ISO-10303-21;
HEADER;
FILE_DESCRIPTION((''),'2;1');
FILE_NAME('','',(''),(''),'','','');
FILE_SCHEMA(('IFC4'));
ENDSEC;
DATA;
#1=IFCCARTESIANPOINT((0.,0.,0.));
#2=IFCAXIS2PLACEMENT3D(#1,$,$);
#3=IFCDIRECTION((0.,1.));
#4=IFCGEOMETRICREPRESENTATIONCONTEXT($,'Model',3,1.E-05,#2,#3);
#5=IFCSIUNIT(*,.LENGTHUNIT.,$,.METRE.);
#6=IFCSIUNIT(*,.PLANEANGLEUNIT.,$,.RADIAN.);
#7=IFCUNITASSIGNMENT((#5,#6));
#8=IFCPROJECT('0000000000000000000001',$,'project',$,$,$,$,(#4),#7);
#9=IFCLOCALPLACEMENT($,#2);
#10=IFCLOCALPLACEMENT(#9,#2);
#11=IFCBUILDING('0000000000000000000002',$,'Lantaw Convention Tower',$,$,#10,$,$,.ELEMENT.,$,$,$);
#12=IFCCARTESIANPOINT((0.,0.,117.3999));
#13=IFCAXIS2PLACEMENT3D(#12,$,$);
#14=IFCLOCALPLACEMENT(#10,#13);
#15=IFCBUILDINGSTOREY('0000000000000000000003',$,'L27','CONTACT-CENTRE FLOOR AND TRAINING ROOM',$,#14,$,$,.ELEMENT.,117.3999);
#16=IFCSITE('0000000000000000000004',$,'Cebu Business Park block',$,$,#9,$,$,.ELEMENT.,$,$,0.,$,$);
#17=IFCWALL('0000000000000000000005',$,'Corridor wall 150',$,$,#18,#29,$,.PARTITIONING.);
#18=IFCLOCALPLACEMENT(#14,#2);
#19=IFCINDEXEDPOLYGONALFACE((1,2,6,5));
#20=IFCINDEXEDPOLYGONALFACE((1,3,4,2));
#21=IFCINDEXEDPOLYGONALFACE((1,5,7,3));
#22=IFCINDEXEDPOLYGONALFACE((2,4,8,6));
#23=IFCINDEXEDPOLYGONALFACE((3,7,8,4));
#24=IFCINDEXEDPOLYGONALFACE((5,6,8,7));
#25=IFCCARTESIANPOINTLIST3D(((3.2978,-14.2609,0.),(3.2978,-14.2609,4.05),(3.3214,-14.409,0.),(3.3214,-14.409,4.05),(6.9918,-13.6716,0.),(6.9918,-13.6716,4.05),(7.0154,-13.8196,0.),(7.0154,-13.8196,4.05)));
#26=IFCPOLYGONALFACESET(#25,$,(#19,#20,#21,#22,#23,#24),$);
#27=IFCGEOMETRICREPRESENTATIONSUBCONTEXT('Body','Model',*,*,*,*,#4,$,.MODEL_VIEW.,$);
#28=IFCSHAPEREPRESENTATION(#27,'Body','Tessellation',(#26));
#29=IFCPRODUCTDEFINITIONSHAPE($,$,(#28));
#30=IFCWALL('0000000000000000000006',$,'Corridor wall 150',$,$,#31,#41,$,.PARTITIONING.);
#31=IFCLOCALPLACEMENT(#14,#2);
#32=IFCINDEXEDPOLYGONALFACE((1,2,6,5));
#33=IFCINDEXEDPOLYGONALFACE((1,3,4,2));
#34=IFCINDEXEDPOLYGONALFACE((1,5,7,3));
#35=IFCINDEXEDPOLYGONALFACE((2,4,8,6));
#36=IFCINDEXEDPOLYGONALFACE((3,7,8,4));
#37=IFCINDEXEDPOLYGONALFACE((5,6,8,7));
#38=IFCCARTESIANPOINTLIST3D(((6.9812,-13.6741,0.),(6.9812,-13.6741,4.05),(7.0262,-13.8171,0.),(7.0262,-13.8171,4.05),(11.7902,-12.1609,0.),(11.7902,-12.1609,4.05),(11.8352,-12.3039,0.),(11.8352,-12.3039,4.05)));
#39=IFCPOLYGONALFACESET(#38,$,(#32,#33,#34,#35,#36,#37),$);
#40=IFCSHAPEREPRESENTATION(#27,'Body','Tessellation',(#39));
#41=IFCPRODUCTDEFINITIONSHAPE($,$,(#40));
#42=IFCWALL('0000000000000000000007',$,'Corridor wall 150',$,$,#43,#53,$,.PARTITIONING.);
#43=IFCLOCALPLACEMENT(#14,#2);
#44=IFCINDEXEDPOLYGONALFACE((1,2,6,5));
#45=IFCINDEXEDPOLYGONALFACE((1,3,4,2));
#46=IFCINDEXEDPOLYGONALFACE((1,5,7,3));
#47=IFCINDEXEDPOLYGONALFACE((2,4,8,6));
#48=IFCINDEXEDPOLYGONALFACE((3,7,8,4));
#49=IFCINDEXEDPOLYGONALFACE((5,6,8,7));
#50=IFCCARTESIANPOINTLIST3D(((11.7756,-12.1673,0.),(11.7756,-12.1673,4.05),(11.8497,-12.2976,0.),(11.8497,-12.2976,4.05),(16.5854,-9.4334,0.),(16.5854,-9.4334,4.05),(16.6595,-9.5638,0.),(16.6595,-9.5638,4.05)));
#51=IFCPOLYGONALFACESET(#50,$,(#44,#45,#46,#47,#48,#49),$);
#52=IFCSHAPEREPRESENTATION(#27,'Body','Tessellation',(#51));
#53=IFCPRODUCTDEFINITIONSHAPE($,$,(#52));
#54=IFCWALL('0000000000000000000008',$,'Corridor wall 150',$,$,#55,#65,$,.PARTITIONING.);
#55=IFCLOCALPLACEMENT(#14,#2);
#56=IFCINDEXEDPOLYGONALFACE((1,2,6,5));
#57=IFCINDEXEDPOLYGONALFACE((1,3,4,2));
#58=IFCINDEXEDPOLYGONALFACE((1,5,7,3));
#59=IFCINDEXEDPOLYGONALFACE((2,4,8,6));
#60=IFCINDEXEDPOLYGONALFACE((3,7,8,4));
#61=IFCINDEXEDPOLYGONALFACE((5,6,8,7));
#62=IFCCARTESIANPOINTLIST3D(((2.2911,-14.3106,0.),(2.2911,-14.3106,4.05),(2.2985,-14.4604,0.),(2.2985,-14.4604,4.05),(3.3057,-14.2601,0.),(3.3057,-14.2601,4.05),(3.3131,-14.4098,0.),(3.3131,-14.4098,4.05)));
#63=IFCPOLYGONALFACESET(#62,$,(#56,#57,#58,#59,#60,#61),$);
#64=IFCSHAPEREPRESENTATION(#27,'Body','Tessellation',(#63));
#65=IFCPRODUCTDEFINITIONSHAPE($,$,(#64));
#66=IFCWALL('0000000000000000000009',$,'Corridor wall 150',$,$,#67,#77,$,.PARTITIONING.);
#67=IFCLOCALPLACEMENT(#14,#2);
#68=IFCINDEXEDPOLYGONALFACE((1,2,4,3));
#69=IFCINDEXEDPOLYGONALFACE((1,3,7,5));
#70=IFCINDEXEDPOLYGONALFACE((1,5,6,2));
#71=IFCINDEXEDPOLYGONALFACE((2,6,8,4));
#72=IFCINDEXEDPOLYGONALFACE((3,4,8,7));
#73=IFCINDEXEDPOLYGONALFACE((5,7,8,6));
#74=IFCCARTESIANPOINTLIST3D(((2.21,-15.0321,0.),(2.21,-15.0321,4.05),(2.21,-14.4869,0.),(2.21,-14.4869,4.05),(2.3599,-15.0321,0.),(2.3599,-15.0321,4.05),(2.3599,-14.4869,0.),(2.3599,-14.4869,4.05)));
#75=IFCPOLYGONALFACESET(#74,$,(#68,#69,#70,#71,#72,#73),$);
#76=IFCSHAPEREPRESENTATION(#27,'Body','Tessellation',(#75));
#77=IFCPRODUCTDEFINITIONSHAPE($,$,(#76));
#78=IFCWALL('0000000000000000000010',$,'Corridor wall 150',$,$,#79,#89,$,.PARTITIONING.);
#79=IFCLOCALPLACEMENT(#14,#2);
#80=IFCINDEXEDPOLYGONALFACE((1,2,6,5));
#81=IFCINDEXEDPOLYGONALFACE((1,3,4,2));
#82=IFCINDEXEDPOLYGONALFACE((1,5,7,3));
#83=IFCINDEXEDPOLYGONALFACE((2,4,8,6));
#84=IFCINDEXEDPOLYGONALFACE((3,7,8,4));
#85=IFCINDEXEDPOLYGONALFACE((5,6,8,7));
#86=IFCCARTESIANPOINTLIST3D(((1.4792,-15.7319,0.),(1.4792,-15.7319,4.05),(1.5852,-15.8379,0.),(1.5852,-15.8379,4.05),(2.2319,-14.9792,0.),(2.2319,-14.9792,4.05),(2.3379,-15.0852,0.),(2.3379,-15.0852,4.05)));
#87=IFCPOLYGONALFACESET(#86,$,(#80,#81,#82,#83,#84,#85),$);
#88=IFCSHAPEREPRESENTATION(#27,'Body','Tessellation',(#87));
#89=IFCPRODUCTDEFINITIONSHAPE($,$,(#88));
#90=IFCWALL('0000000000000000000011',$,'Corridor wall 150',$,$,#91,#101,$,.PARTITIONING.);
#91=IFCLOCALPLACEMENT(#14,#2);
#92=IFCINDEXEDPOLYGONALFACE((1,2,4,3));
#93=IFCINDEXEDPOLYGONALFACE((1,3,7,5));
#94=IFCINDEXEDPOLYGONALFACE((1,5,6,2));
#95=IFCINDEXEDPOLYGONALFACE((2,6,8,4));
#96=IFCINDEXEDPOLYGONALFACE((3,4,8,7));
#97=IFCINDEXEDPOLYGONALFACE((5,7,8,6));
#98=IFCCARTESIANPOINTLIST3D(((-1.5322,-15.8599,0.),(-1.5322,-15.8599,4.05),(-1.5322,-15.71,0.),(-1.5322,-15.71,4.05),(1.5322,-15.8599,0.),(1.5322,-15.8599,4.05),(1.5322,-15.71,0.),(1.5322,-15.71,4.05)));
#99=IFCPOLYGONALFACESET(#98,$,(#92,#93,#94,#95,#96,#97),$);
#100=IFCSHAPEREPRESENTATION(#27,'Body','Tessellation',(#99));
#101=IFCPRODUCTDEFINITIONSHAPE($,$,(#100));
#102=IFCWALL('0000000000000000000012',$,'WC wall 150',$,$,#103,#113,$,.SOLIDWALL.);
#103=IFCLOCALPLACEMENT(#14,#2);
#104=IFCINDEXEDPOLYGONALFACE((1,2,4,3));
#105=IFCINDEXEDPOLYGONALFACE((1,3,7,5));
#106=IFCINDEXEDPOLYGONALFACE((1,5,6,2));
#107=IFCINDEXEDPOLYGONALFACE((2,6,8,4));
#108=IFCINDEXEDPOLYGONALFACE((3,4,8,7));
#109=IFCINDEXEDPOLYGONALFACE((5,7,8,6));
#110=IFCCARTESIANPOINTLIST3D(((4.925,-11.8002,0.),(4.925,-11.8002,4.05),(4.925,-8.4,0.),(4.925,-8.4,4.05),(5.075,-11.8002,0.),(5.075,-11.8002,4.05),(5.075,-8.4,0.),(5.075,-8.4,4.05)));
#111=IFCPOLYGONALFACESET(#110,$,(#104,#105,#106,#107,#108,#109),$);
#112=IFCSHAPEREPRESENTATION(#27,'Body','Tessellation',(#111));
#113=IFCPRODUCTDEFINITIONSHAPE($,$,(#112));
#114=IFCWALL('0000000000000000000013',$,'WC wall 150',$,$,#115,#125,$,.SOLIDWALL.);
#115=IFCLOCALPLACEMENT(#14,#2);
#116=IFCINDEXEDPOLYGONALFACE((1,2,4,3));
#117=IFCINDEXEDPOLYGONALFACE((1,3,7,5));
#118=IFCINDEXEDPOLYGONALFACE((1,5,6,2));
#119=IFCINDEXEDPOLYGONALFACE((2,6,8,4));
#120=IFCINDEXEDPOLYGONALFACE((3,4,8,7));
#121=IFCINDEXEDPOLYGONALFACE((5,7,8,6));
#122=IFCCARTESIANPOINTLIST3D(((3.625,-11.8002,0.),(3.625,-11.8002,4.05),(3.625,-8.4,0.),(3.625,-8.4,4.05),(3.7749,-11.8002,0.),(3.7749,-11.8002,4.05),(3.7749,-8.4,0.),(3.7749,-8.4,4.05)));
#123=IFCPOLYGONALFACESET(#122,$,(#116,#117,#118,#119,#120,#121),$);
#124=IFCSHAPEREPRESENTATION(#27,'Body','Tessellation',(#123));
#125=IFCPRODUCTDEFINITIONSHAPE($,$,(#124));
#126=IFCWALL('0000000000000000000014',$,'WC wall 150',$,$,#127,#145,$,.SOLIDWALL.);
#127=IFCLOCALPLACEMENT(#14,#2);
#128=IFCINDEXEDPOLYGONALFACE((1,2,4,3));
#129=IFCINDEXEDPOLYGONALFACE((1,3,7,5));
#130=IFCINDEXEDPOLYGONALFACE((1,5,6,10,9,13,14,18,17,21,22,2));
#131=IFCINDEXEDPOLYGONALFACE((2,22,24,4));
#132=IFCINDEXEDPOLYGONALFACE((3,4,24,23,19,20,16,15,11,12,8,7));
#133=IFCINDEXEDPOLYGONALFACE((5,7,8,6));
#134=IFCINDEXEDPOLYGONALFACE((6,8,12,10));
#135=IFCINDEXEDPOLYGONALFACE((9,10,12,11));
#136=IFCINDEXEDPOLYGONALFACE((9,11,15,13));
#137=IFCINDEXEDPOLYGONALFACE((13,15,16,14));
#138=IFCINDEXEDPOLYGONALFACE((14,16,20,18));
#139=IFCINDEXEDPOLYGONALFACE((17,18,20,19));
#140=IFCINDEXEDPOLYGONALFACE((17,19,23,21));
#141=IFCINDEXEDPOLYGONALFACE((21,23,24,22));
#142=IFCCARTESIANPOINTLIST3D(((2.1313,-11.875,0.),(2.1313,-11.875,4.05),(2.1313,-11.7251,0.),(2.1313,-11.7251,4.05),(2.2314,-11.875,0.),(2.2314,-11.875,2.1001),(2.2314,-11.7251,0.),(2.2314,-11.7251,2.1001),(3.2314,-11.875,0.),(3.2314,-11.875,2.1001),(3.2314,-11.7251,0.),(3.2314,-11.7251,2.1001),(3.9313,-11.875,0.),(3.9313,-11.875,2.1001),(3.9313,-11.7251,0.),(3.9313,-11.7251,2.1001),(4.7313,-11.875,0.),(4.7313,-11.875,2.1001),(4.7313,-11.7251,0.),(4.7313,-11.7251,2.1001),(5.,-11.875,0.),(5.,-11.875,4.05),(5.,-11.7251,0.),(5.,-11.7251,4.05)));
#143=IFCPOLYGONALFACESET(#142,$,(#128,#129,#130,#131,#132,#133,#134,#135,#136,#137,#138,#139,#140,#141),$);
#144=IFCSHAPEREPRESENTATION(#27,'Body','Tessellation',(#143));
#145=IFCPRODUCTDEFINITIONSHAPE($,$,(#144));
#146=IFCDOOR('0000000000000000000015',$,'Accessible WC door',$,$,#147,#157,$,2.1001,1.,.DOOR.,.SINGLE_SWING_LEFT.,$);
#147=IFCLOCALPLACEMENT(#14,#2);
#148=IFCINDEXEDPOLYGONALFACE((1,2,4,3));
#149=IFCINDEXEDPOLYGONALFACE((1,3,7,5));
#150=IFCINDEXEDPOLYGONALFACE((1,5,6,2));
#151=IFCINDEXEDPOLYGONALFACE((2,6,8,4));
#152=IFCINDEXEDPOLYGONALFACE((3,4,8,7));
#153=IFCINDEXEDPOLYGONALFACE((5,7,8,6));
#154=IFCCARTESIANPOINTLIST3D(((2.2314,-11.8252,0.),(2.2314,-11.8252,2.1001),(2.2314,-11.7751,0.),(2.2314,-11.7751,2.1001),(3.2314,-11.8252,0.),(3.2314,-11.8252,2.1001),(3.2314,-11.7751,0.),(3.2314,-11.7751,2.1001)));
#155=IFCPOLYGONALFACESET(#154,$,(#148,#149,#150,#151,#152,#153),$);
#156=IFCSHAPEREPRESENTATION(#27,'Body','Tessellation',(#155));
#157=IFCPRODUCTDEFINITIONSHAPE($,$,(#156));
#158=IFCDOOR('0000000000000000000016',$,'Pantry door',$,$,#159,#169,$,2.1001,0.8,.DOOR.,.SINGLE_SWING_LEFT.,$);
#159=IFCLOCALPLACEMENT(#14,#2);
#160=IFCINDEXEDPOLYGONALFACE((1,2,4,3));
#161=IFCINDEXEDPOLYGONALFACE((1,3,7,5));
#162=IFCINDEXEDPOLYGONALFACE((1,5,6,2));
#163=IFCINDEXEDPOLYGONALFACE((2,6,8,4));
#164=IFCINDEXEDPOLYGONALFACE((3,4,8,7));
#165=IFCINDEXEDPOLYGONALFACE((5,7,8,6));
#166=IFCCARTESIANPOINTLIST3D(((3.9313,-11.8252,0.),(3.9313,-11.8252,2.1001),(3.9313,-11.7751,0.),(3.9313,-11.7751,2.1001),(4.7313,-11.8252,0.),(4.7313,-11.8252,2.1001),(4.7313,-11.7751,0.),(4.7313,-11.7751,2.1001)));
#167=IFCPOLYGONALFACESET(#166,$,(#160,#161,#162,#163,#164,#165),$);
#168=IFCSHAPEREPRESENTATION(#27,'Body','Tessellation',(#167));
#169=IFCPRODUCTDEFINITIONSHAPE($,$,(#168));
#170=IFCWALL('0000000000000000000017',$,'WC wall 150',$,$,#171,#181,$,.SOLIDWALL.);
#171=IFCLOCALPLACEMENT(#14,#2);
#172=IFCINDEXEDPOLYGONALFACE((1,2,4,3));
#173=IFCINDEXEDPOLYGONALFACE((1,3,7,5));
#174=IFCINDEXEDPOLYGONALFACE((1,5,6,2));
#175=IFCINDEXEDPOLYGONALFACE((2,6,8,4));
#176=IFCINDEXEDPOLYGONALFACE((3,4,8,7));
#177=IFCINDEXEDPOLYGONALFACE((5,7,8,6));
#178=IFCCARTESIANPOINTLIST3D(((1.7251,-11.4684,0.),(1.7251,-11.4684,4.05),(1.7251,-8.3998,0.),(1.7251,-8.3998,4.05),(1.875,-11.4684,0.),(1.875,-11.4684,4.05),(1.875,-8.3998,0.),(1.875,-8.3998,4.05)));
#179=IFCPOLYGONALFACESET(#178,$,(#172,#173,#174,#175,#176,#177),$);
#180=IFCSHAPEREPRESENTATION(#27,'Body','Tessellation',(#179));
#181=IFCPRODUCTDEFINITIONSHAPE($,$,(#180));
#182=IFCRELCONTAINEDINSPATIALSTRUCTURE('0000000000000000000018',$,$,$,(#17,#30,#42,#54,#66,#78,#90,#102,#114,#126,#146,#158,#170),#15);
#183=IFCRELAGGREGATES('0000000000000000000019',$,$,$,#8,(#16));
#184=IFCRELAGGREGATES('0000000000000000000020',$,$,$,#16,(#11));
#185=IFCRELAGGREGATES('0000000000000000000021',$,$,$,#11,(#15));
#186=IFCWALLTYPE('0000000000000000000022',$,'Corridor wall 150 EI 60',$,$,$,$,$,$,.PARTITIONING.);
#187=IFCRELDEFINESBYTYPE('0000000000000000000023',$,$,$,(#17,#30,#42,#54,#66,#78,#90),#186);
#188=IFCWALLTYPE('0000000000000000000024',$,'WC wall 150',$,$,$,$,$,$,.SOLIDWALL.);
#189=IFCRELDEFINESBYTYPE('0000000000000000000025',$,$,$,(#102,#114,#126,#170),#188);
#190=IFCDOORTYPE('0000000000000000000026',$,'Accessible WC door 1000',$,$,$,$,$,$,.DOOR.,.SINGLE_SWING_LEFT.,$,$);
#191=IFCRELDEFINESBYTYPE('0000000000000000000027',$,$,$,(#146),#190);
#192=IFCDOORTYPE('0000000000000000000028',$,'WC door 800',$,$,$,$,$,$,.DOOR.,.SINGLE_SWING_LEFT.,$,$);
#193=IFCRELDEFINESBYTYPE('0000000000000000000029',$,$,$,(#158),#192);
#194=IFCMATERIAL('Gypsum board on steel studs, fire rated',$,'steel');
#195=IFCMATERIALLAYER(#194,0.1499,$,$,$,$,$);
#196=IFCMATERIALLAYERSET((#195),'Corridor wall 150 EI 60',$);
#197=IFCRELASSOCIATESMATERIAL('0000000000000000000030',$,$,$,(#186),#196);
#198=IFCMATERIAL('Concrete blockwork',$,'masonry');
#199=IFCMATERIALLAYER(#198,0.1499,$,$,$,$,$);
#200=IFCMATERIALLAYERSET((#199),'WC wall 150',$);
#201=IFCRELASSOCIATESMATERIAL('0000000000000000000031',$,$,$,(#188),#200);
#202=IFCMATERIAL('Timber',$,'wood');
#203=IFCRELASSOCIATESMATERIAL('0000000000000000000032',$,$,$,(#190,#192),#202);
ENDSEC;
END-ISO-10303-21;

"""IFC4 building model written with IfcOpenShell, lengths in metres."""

from ifc_helpers import new_model, si_unit, direction, frame, frame_2d, origin, place, context, subcontext, project, spatial, rectangle, extrude, material, layer, layer_set, type_object, element, fill, save


model = new_model("IFC4")

# Units and contexts
model_context = context("Model", 3, precision=1e-05, world=origin(), true_north=direction((0.0, 1.0)))
body_context = subcontext(model_context, "Body", "Model", "MODEL_VIEW")
ifc_project = project(units=[si_unit("LENGTHUNIT", "METRE"), si_unit("PLANEANGLEUNIT", "RADIAN")], contexts=[model_context])

# Site, building, storey
site_placement = place(None, origin())
site = spatial("IfcSite", under=ifc_project, at=site_placement, Name="Cebu Business Park block", CompositionType="ELEMENT", RefElevation=0.0)
building_placement = place(site_placement, origin())
building = spatial("IfcBuilding", under=site, at=building_placement, Name="Lantaw Convention Tower", CompositionType="ELEMENT")
storey_placement = place(building_placement, frame((0.0, 0.0, 117.3999)))
storey = spatial("IfcBuildingStorey", under=building, at=storey_placement, Name="L27", Description="CONTACT-CENTRE FLOOR AND TRAINING ROOM", CompositionType="ELEMENT", Elevation=117.3999)

# Walls
ifc_material_1 = material(Name="Gypsum board on steel studs, fire rated", Category="steel")
ifc_layer_1 = layer(ifc_material_1, 0.1499)
ifc_layer_set_1 = layer_set([ifc_layer_1], Name="Corridor wall 150 EI 60")
wall_type_1 = type_object("IfcWallType", Name="Corridor wall 150 EI 60", PredefinedType="PARTITIONING", material=ifc_layer_set_1)
wall_1_placement = place(storey_placement, frame((3.3096, -14.335, 0.0), z_axis=(0.0, 0.0, 1.0), x_axis=(0.987511, 0.157548, 0.0)))
element("IfcWall", 1, at=wall_1_placement, inside=storey, type_object=wall_type_1, Name="Corridor wall 150", PredefinedType="PARTITIONING", context=body_context, shape_type="SweptSolid", body=[
    extrude(rectangle(XDim=3.7407, YDim=0.1499, at=frame_2d((1.8704, 0.0))), origin(), (0.0, 0.0, 1.0), 4.05),
])
wall_2_placement = place(storey_placement, frame((7.0037, -13.7456, 0.0), z_axis=(0.0, 0.0, 1.0), x_axis=(0.953894, 0.300144, 0.0)))
element("IfcWall", 2, at=wall_2_placement, inside=storey, type_object=wall_type_1, Name="Corridor wall 150", PredefinedType="PARTITIONING", context=body_context, shape_type="SweptSolid", body=[
    extrude(rectangle(XDim=5.0415, YDim=0.1499, at=frame_2d((2.5208, 0.0))), origin(), (0.0, 0.0, 1.0), 4.05),
])
wall_3_placement = place(storey_placement, frame((11.8127, -12.2324, 0.0), z_axis=(0.0, 0.0, 1.0), x_axis=(0.869376, 0.494151, 0.0)))
element("IfcWall", 3, at=wall_3_placement, inside=storey, type_object=wall_type_1, Name="Corridor wall 150", PredefinedType="PARTITIONING", context=body_context, shape_type="SweptSolid", body=[
    extrude(rectangle(XDim=5.5325, YDim=0.1499, at=frame_2d((2.7661, 0.0))), origin(), (0.0, 0.0, 1.0), 4.05),
])
wall_4_placement = place(storey_placement, frame((2.2949, -14.3855, 0.0), z_axis=(0.0, 0.0, 1.0), x_axis=(0.998762, 0.049746, 0.0)))
element("IfcWall", 4, at=wall_4_placement, inside=storey, type_object=wall_type_1, Name="Corridor wall 150", PredefinedType="PARTITIONING", context=body_context, shape_type="SweptSolid", body=[
    extrude(rectangle(XDim=1.0159, YDim=0.1499, at=frame_2d((0.5078, 0.0))), origin(), (0.0, 0.0, 1.0), 4.05),
])
wall_5_placement = place(storey_placement, frame((2.2849, -14.4871, 0.0), z_axis=(0.0, 0.0, 1.0), x_axis=(0.0, -1.0, 0.0)))
element("IfcWall", 5, at=wall_5_placement, inside=storey, type_object=wall_type_1, Name="Corridor wall 150", PredefinedType="PARTITIONING", context=body_context, shape_type="SweptSolid", body=[
    extrude(rectangle(XDim=0.5452, YDim=0.1499, at=frame_2d((0.2725, 0.0))), origin(), (0.0, 0.0, 1.0), 4.05),
])
wall_6_placement = place(storey_placement, frame((2.2849, -15.0322, 0.0), z_axis=(0.0, 0.0, 1.0), x_axis=(-0.707107, -0.707107, 0.0)))
element("IfcWall", 6, at=wall_6_placement, inside=storey, type_object=wall_type_1, Name="Corridor wall 150", PredefinedType="PARTITIONING", context=body_context, shape_type="SweptSolid", body=[
    extrude(rectangle(XDim=1.0645, YDim=0.1499, at=frame_2d((0.5322, 0.0))), origin(), (0.0, 0.0, 1.0), 4.05),
])
wall_7_placement = place(storey_placement, frame((1.5322, -15.7849, 0.0), z_axis=(0.0, 0.0, 1.0), x_axis=(-1.0, 0.0, 0.0)))
element("IfcWall", 7, at=wall_7_placement, inside=storey, type_object=wall_type_1, Name="Corridor wall 150", PredefinedType="PARTITIONING", context=body_context, shape_type="SweptSolid", body=[
    extrude(rectangle(XDim=3.0645, YDim=0.1499, at=frame_2d((1.5322, 0.0))), origin(), (0.0, 0.0, 1.0), 4.05),
])
ifc_material_2 = material(Name="Concrete blockwork", Category="masonry")
ifc_layer_2 = layer(ifc_material_2, 0.1499)
ifc_layer_set_2 = layer_set([ifc_layer_2], Name="WC wall 150")
wall_type_2 = type_object("IfcWallType", Name="WC wall 150", PredefinedType="SOLIDWALL", material=ifc_layer_set_2)
for number, where, z_axis, x_axis, name in (
    (8, (5.0, -8.3999, 0.0), (0.0, 0.0, 1.0), (0.0, -1.0, 0.0), "WC wall 150"),
    (9, (3.7, -8.3999, 0.0), (0.0, 0.0, 1.0), (0.0, -1.0, 0.0), "WC wall 150"),
):
    element("IfcWall", number, at=place(storey_placement, frame(where, z_axis=z_axis, x_axis=x_axis)), inside=storey, type_object=wall_type_2, Name=name, PredefinedType="SOLIDWALL", context=body_context, shape_type="SweptSolid", body=[
        extrude(rectangle(XDim=3.4001, YDim=0.1499, at=frame_2d((1.7002, 0.0))), origin(), (0.0, 0.0, 1.0), 4.05),
    ])

# Wall, openings, doors
wall_8_placement = place(storey_placement, frame((2.1313, -11.8, 0.0), z_axis=(0.0, 0.0, 1.0), x_axis=(1.0, 0.0, 0.0)))
wall_8 = element("IfcWall", 10, at=wall_8_placement, inside=storey, type_object=wall_type_2, Name="WC wall 150", PredefinedType="SOLIDWALL", context=body_context, shape_type="SweptSolid", body=[
    extrude(rectangle(XDim=2.8687, YDim=0.1499, at=frame_2d((1.4343, 0.0))), origin(), (0.0, 0.0, 1.0), 4.05),
])
opening_1_placement = place(wall_8_placement, frame((0.1001, 0.0, 0.0)))
opening_1 = element("IfcOpeningElement", 11, at=opening_1_placement, cuts=wall_8, PredefinedType="OPENING", context=body_context, shape_type="SweptSolid", body=[
    extrude(rectangle(XDim=1.0, YDim=2.1001, at=frame_2d((0.5, 1.05))), frame((0.0, 0.085, 0.0), z_axis=(0.0, -1.0, 0.0), x_axis=(1.0, 0.0, 0.0)), (0.0, 0.0, 1.0), 0.1699),
])
opening_2_placement = place(wall_8_placement, frame((1.8, 0.0, 0.0)))
opening_2 = element("IfcOpeningElement", 12, at=opening_2_placement, cuts=wall_8, PredefinedType="OPENING", context=body_context, shape_type="SweptSolid", body=[
    extrude(rectangle(XDim=0.8, YDim=2.1001, at=frame_2d((0.3999, 1.05))), frame((0.0, 0.085, 0.0), z_axis=(0.0, -1.0, 0.0), x_axis=(1.0, 0.0, 0.0)), (0.0, 0.0, 1.0), 0.1699),
])
ifc_material_3 = material(Name="Timber", Category="wood")
door_type_1 = type_object("IfcDoorType", Name="Accessible WC door 1000", OperationType="SINGLE_SWING_LEFT", PredefinedType="DOOR", material=ifc_material_3)
door_1_placement = place(opening_1_placement, origin())
door_1 = element("IfcDoor", 13, at=door_1_placement, inside=storey, type_object=door_type_1, Name="Accessible WC door", OperationType="SINGLE_SWING_LEFT", OverallHeight=2.1001, OverallWidth=1.0, PredefinedType="DOOR", context=body_context, shape_type="SweptSolid", body=[
    extrude(rectangle(XDim=1.0, YDim=2.1001, at=frame_2d((0.5, 1.05))), frame((0.0, 0.0249, 0.0), z_axis=(0.0, -1.0, 0.0), x_axis=(1.0, 0.0, 0.0)), (0.0, 0.0, 1.0), 0.05),
])
fill(opening_1, door_1)
door_type_2 = type_object("IfcDoorType", Name="WC door 800", OperationType="SINGLE_SWING_LEFT", PredefinedType="DOOR", material=ifc_material_3)
door_2_placement = place(opening_2_placement, origin())
door_2 = element("IfcDoor", 14, at=door_2_placement, inside=storey, type_object=door_type_2, Name="Pantry door", OperationType="SINGLE_SWING_LEFT", OverallHeight=2.1001, OverallWidth=0.8, PredefinedType="DOOR", context=body_context, shape_type="SweptSolid", body=[
    extrude(rectangle(XDim=0.8, YDim=2.1001, at=frame_2d((0.3999, 1.05))), frame((0.0, 0.0249, 0.0), z_axis=(0.0, -1.0, 0.0), x_axis=(1.0, 0.0, 0.0)), (0.0, 0.0, 1.0), 0.05),
])
fill(opening_2, door_2)

# Wall
wall_9_placement = place(storey_placement, frame((1.8, -8.3999, 0.0), z_axis=(0.0, 0.0, 1.0), x_axis=(0.0, -1.0, 0.0)))
element("IfcWall", 15, at=wall_9_placement, inside=storey, type_object=wall_type_2, Name="WC wall 150", PredefinedType="SOLIDWALL", context=body_context, shape_type="SweptSolid", body=[
    extrude(rectangle(XDim=3.0686, YDim=0.1499, at=frame_2d((1.5342, 0.0))), origin(), (0.0, 0.0, 1.0), 4.05),
])

save(model, "model.ifc")
